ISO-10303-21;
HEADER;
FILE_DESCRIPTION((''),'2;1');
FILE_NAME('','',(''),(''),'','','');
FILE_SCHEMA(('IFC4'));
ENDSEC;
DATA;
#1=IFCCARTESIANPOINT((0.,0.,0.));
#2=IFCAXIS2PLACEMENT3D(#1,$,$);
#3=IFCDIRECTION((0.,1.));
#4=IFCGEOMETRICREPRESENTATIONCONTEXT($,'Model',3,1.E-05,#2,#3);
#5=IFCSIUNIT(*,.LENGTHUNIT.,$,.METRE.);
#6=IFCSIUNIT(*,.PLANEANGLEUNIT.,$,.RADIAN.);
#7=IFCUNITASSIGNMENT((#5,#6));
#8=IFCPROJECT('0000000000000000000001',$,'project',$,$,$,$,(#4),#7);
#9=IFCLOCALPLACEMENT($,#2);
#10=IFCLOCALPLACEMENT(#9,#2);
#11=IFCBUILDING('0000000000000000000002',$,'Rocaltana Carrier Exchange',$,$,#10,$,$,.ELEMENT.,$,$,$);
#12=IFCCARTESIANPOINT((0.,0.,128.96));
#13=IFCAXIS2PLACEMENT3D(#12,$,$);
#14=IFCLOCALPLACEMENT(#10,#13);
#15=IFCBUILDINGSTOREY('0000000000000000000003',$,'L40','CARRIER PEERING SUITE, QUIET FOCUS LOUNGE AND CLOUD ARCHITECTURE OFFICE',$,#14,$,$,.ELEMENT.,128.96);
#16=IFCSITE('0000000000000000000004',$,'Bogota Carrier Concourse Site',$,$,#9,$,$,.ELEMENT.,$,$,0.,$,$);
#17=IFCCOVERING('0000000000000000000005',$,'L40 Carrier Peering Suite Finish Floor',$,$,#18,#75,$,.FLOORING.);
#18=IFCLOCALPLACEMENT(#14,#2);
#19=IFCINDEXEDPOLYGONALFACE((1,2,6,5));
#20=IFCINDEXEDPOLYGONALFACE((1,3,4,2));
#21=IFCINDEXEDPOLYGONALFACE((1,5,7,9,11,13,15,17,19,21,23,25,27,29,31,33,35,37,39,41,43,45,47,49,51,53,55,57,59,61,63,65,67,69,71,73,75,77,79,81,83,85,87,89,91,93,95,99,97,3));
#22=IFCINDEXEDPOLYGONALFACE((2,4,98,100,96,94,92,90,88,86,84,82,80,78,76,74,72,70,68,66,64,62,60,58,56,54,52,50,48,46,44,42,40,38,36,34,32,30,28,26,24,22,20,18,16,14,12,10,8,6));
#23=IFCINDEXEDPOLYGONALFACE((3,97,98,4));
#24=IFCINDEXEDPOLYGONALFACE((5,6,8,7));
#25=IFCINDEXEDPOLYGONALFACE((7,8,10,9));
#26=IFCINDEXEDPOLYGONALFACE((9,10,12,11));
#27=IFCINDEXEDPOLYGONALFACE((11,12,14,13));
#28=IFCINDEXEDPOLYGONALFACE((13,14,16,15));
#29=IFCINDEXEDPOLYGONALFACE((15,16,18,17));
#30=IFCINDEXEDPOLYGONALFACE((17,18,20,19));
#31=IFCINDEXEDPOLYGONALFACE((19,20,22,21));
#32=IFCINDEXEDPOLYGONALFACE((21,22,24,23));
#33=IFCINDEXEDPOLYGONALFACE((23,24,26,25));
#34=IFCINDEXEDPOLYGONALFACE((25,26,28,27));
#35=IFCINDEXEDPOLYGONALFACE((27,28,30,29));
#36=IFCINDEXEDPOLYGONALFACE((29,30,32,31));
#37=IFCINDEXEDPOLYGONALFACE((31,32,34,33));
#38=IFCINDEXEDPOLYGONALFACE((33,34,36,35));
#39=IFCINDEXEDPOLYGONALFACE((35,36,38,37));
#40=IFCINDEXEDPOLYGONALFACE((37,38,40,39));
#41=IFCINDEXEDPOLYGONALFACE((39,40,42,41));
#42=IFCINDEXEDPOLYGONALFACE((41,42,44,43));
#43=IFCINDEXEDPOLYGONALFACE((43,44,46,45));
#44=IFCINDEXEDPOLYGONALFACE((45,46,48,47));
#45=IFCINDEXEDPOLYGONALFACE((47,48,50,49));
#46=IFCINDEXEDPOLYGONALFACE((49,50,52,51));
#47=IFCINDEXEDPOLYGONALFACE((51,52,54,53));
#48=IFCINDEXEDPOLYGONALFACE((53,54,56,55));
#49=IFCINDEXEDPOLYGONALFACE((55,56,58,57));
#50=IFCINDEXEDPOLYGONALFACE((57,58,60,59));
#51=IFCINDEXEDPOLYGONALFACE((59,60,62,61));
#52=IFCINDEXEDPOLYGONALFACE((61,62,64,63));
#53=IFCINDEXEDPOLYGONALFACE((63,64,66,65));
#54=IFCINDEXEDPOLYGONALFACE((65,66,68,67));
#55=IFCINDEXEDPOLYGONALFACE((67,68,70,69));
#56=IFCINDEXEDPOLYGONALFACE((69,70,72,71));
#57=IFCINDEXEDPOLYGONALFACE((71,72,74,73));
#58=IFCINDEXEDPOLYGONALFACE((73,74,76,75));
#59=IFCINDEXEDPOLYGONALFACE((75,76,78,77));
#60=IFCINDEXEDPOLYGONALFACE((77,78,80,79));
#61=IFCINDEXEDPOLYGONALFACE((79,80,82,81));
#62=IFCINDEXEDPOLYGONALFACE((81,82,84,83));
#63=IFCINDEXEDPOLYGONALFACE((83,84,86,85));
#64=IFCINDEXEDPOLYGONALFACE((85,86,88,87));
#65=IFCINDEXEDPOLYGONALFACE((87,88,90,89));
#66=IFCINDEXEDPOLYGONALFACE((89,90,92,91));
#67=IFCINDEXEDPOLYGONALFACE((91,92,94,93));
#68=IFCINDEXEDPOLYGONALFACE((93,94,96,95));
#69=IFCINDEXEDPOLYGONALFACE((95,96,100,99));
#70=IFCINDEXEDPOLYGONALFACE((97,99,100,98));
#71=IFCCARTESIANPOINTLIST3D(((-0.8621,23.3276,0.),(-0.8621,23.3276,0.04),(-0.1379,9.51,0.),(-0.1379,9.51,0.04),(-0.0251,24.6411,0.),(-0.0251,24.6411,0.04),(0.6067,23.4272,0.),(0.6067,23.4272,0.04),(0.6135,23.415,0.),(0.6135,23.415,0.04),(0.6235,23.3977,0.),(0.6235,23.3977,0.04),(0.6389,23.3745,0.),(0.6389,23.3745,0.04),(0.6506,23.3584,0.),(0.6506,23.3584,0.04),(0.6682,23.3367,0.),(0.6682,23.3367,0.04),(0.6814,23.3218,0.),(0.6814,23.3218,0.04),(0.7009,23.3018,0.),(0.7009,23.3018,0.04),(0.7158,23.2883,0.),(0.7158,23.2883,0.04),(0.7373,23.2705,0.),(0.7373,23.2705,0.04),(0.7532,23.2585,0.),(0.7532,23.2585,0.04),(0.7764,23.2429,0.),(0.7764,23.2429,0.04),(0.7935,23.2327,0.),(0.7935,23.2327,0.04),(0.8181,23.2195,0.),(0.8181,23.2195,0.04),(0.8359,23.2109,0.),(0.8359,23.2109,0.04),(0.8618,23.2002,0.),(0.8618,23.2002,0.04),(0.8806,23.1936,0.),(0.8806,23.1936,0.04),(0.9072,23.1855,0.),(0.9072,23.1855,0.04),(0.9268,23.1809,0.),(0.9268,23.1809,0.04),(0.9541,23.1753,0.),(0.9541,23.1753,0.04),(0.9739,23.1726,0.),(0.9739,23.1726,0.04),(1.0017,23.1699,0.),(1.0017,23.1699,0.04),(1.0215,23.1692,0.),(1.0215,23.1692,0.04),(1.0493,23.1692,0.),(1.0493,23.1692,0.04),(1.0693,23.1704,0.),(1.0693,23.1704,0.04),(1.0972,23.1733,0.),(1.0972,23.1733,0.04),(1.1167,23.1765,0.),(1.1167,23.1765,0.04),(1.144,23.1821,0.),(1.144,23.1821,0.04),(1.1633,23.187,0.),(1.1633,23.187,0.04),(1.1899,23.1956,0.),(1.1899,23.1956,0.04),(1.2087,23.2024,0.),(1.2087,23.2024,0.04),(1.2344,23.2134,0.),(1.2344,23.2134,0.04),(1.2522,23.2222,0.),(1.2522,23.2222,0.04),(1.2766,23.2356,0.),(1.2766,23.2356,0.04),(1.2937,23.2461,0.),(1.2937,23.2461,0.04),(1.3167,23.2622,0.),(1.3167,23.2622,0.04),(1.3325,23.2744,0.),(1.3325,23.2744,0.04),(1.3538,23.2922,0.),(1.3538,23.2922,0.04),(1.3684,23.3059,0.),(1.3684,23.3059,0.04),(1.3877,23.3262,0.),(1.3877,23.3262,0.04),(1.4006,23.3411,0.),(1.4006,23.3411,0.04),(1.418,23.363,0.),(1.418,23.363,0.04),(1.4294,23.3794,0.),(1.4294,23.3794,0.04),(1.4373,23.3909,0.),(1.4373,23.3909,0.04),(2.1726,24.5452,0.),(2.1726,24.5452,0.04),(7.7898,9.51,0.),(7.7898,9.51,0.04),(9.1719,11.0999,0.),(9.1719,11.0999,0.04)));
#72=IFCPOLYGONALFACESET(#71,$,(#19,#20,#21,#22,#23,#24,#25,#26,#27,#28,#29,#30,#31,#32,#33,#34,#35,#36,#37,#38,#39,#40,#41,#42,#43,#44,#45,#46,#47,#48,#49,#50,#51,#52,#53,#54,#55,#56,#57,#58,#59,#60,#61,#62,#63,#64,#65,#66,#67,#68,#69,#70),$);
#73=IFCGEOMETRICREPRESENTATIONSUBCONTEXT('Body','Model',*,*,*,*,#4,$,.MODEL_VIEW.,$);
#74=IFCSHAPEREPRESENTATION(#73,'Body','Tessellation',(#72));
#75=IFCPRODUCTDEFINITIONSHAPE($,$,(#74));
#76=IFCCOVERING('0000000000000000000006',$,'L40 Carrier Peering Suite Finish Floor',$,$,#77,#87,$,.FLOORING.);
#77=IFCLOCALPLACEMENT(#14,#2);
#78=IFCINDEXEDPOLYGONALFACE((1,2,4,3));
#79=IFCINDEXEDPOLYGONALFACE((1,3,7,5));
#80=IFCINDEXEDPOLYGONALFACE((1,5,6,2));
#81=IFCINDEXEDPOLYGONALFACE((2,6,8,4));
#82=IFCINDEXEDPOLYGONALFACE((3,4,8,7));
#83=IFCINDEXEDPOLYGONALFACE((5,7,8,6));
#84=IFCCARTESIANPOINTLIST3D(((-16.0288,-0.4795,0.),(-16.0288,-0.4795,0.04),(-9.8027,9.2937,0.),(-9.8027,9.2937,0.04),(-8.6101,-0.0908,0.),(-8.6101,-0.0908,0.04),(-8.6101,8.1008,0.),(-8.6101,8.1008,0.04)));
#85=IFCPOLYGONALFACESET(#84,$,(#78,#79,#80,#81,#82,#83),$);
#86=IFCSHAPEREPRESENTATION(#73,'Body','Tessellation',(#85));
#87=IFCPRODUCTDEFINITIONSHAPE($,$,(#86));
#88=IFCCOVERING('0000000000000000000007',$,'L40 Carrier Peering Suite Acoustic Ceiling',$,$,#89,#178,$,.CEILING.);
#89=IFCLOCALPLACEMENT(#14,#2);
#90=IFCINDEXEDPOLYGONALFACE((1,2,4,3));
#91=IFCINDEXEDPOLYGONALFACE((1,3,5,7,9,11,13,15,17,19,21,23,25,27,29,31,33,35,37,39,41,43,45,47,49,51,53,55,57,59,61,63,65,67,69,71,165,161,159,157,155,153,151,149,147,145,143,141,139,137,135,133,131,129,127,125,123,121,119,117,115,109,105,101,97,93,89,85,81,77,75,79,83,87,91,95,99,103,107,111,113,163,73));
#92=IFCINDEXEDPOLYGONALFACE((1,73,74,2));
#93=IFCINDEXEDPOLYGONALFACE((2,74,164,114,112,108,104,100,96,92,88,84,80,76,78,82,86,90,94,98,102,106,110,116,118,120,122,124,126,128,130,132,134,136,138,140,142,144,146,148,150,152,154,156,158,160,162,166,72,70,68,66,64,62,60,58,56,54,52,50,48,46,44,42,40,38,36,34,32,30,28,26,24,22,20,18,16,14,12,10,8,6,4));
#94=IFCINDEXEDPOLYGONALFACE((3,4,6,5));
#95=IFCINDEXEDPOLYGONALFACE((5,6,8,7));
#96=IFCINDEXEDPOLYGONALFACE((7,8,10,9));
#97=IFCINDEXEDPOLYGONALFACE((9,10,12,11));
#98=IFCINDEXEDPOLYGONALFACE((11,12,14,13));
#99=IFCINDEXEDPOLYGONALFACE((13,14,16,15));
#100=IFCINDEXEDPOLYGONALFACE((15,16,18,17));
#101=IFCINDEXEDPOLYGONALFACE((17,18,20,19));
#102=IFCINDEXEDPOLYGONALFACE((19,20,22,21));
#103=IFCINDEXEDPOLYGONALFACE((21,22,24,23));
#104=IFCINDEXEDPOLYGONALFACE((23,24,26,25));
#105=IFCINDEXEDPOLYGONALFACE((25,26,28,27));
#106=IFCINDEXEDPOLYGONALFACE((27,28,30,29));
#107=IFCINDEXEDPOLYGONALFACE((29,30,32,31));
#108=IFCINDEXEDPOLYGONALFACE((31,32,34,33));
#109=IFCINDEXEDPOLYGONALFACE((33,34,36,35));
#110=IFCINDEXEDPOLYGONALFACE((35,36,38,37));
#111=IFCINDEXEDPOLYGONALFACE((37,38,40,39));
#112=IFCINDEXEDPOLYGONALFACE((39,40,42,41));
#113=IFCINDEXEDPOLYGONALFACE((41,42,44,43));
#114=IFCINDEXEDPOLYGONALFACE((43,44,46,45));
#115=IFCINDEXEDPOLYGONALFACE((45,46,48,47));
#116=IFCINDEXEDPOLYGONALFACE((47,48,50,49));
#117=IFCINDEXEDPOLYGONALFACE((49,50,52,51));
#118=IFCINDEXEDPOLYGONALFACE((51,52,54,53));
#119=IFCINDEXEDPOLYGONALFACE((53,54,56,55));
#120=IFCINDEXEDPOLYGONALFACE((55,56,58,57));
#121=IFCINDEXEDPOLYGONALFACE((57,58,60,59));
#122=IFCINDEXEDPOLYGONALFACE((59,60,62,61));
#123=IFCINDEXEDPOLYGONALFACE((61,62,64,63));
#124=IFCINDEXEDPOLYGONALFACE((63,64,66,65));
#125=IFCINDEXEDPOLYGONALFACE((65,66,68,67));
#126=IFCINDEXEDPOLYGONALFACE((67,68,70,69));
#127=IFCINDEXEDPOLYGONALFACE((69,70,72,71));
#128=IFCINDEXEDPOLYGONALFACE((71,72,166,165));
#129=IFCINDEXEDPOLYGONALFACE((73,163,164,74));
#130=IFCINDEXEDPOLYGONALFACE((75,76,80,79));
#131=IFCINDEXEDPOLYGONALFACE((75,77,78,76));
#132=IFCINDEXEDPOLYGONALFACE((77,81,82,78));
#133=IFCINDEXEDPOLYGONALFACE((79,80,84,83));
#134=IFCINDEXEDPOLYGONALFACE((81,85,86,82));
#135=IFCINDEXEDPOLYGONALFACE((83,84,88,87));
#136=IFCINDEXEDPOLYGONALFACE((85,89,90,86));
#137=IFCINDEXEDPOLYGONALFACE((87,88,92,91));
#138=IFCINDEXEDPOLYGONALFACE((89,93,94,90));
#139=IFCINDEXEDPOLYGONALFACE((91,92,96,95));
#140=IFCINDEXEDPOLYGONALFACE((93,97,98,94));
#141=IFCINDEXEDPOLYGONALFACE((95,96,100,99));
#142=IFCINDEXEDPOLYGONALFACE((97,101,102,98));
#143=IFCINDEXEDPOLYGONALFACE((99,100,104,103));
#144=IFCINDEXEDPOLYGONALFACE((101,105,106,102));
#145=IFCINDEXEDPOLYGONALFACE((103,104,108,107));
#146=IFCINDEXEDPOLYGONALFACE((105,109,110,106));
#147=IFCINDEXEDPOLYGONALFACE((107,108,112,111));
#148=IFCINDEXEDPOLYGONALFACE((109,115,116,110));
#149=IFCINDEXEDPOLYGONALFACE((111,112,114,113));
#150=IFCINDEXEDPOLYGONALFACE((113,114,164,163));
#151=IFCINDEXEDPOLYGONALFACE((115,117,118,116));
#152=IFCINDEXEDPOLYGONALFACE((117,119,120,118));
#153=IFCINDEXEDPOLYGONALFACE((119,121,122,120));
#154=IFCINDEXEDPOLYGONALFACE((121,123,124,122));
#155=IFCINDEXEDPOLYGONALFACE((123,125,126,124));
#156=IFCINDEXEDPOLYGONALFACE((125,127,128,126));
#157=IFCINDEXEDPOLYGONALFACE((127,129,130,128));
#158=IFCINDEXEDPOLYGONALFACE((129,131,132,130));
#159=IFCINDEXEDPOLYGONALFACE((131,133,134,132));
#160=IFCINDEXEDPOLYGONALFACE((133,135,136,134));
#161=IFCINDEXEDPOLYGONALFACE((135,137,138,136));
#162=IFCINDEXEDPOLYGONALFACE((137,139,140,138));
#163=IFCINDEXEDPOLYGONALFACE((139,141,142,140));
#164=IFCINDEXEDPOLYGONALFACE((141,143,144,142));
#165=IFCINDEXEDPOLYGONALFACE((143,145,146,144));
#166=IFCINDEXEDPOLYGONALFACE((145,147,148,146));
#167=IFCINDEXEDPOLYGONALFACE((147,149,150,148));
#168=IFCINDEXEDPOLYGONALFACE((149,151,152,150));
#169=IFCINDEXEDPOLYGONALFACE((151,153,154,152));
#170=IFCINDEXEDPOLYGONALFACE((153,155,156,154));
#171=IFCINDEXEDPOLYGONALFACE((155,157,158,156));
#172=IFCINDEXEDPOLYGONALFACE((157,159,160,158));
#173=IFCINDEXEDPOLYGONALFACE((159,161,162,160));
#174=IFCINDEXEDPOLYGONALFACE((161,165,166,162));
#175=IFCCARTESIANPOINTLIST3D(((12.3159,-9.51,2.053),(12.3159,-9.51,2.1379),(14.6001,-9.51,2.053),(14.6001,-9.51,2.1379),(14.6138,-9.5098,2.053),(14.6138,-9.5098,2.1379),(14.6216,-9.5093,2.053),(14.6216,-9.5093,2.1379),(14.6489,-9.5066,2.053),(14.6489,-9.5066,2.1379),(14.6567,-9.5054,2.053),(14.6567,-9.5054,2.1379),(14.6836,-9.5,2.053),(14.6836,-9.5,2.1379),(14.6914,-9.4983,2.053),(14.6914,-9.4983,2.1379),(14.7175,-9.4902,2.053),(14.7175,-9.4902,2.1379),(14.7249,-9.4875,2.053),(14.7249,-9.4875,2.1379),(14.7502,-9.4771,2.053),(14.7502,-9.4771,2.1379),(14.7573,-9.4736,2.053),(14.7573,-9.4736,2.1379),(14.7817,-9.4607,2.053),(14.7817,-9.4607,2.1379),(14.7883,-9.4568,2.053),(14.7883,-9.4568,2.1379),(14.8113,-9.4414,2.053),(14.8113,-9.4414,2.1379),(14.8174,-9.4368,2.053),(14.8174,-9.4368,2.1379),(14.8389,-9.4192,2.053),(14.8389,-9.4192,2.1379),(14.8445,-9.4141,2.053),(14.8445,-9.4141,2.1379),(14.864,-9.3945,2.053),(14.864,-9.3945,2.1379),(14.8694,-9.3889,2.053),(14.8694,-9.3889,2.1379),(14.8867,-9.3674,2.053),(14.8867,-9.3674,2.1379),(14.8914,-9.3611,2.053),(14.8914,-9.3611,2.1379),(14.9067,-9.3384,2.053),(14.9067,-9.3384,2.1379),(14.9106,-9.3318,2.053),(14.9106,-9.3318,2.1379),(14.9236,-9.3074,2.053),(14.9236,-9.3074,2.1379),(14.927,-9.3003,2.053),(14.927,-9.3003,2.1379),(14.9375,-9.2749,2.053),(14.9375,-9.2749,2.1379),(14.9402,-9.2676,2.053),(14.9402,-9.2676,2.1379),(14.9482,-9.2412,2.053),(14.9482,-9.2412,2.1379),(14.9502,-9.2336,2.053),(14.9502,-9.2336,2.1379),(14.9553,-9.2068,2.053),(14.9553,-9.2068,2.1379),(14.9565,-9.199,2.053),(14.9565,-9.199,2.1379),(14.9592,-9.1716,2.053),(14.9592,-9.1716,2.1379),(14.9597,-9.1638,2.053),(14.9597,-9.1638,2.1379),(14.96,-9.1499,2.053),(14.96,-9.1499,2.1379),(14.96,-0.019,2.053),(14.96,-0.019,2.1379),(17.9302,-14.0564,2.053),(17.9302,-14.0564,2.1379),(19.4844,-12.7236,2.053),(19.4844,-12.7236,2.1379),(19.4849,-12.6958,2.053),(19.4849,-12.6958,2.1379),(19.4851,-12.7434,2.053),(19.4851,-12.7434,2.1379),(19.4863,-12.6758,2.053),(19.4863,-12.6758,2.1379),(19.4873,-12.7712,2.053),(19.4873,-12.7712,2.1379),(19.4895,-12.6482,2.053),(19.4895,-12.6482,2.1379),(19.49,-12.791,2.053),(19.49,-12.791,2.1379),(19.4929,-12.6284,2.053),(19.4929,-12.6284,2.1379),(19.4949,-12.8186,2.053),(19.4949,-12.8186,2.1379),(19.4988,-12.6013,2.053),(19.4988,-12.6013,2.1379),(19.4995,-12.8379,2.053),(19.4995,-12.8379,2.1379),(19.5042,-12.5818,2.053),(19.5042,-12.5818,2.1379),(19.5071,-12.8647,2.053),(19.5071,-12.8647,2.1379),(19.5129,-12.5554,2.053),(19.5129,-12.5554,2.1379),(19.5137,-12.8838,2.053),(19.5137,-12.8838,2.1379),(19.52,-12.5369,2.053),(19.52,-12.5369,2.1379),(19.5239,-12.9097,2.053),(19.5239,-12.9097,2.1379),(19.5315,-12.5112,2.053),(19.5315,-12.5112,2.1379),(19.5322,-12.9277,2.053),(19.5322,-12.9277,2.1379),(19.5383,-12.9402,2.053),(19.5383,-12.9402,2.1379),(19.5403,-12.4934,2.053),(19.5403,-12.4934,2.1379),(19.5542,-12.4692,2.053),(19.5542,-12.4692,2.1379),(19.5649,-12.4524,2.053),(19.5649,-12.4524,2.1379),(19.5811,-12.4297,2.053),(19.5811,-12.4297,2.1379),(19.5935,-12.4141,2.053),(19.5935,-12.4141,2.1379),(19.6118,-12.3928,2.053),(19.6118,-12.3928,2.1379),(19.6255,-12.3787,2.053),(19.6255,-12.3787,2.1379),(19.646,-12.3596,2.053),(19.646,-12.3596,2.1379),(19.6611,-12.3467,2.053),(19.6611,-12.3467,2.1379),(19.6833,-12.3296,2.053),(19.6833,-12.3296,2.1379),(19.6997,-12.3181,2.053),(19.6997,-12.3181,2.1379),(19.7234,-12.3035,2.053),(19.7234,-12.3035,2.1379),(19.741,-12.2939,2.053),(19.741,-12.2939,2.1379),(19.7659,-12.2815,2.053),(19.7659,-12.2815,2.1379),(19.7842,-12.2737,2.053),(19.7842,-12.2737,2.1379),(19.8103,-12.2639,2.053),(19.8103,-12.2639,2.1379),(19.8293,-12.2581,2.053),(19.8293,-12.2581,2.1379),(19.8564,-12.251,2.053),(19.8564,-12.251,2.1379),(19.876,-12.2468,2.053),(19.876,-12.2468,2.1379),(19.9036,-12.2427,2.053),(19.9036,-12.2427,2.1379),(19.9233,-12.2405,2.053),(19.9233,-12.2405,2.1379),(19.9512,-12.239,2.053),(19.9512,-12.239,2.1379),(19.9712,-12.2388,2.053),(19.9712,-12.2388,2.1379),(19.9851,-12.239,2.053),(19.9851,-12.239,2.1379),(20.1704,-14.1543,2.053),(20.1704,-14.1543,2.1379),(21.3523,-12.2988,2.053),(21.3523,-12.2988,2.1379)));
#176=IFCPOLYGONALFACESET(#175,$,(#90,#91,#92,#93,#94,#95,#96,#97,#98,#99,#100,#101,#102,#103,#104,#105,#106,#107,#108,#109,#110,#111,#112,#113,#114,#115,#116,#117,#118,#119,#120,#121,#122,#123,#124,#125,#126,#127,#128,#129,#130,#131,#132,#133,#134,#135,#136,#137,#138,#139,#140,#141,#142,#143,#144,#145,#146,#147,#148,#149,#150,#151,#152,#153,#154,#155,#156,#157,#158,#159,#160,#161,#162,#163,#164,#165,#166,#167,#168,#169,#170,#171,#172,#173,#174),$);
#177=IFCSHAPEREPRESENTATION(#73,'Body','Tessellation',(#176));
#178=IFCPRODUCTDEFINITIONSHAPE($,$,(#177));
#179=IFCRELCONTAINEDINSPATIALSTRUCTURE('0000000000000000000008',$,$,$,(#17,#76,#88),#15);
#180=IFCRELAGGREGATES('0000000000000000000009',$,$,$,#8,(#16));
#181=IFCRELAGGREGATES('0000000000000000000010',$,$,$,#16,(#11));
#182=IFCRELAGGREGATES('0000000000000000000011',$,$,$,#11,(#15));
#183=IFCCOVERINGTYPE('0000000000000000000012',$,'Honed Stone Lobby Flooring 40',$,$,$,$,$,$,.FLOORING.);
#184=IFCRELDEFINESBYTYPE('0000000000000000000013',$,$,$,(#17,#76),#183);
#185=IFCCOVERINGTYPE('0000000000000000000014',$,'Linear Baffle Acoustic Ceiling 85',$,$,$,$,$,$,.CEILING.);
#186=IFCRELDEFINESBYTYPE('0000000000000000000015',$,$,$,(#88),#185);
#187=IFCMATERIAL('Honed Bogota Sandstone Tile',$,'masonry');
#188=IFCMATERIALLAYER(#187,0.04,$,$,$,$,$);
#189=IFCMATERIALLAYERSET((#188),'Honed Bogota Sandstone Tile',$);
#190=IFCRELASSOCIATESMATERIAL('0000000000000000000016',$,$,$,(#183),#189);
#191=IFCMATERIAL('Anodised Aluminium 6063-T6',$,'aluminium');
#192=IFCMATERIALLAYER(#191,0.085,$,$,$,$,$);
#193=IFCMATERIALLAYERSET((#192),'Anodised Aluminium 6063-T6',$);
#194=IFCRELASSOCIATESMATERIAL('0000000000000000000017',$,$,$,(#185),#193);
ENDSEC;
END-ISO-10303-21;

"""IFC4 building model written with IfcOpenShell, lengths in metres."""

from ifc_helpers import new_model, si_unit, direction, frame, origin, place, context, subcontext, project, spatial, polyline, outline, extrude, material, layer, layer_set, type_object, element, save


model = new_model("IFC4")

# Units and contexts
model_context = context("Model", 3, precision=1e-05, world=origin(), true_north=direction((0.0, 1.0)))
body_context = subcontext(model_context, "Body", "Model", "MODEL_VIEW")
ifc_project = project(units=[si_unit("LENGTHUNIT", "METRE"), si_unit("PLANEANGLEUNIT", "RADIAN")], contexts=[model_context])

# Site, building, storey
site_placement = place(None, origin())
site = spatial("IfcSite", under=ifc_project, at=site_placement, Name="Bogota Carrier Concourse Site", CompositionType="ELEMENT", RefElevation=0.0)
building_placement = place(site_placement, origin())
building = spatial("IfcBuilding", under=site, at=building_placement, Name="Rocaltana Carrier Exchange", CompositionType="ELEMENT")
storey_placement = place(building_placement, frame((0.0, 0.0, 128.96)))
storey = spatial("IfcBuildingStorey", under=building, at=storey_placement, Name="L40", Description="CARRIER PEERING SUITE, QUIET FOCUS LOUNGE AND CLOUD ARCHITECTURE OFFICE", CompositionType="ELEMENT", Elevation=128.96)

# Coverings
ifc_material_1 = material(Name="Honed Bogota Sandstone Tile", Category="masonry")
ifc_layer_1 = layer(ifc_material_1, 0.04)
ifc_layer_set_1 = layer_set([ifc_layer_1], Name="Honed Bogota Sandstone Tile")
covering_type_1 = type_object("IfcCoveringType", Name="Honed Stone Lobby Flooring 40", PredefinedType="FLOORING", material=ifc_layer_set_1)
covering_1_placement = place(storey_placement, origin())
element("IfcCovering", 1, at=covering_1_placement, inside=storey, type_object=covering_type_1, Name="L40 Carrier Peering Suite Finish Floor", PredefinedType="FLOORING", context=body_context, shape_type="SweptSolid", body=[
    extrude(outline(polyline([(-0.0251, 24.6411), (0.6067, 23.4272), (0.6135, 23.415), (0.6235, 23.3977), (0.6389, 23.3745), (0.6506, 23.3584), (0.6682, 23.3367), (0.6814, 23.3218), (0.7009, 23.3018), (0.7158, 23.2883), (0.7373, 23.2705), (0.7532, 23.2585), (0.7764, 23.2429), (0.7935, 23.2327), (0.8181, 23.2195), (0.8359, 23.2109), (0.8618, 23.2002), (0.8806, 23.1936), (0.9072, 23.1855), (0.9268, 23.1809), (0.9541, 23.1753), (0.9739, 23.1726), (1.0017, 23.1699), (1.0215, 23.1692), (1.0493, 23.1692), (1.0693, 23.1704), (1.0972, 23.1733), (1.1167, 23.1765), (1.144, 23.1821), (1.1633, 23.187), (1.1899, 23.1956), (1.2087, 23.2024), (1.2344, 23.2134), (1.2522, 23.2222), (1.2766, 23.2356), (1.2937, 23.2461), (1.3167, 23.2622), (1.3325, 23.2744), (1.3538, 23.2922), (1.3684, 23.3059), (1.3877, 23.3262), (1.4006, 23.3411), (1.418, 23.363), (1.4294, 23.3794), (1.4373, 23.3909), (2.1726, 24.5452), (9.1719, 11.0999), (7.7898, 9.51), (-0.1379, 9.51), (-0.8621, 23.3276), (-0.0251, 24.6411)])), origin(), (0.0, 0.0, 1.0), 0.04),
])
covering_2_placement = place(storey_placement, origin())
element("IfcCovering", 2, at=covering_2_placement, inside=storey, type_object=covering_type_1, Name="L40 Carrier Peering Suite Finish Floor", PredefinedType="FLOORING", context=body_context, shape_type="SweptSolid", body=[
    extrude(outline(polyline([(-9.8027, 9.2937), (-8.6101, 8.1008), (-8.6101, -0.0908), (-16.0288, -0.4795), (-9.8027, 9.2937)])), origin(), (0.0, 0.0, 1.0), 0.04),
])
ifc_material_2 = material(Name="Anodised Aluminium 6063-T6", Category="aluminium")
ifc_layer_2 = layer(ifc_material_2, 0.085)
ifc_layer_set_2 = layer_set([ifc_layer_2], Name="Anodised Aluminium 6063-T6")
covering_type_2 = type_object("IfcCoveringType", Name="Linear Baffle Acoustic Ceiling 85", PredefinedType="CEILING", material=ifc_layer_set_2)
covering_3_placement = place(storey_placement, frame((0.0, 0.0, 2.053)))
element("IfcCovering", 3, at=covering_3_placement, inside=storey, type_object=covering_type_2, Name="L40 Carrier Peering Suite Acoustic Ceiling", PredefinedType="CEILING", context=body_context, shape_type="SweptSolid", body=[
    extrude(outline(polyline([(14.96, -0.019), (21.3523, -12.2988), (19.9851, -12.239), (19.9712, -12.2388), (19.9512, -12.239), (19.9233, -12.2405), (19.9036, -12.2427), (19.876, -12.2468), (19.8564, -12.251), (19.8293, -12.2581), (19.8103, -12.2639), (19.7842, -12.2737), (19.7659, -12.2815), (19.741, -12.2939), (19.7234, -12.3035), (19.6997, -12.3181), (19.6833, -12.3296), (19.6611, -12.3467), (19.646, -12.3596), (19.6255, -12.3787), (19.6118, -12.3928), (19.5935, -12.4141), (19.5811, -12.4297), (19.5649, -12.4524), (19.5542, -12.4692), (19.5403, -12.4934), (19.5315, -12.5112), (19.52, -12.5369), (19.5129, -12.5554), (19.5042, -12.5818), (19.4988, -12.6013), (19.4929, -12.6284), (19.4895, -12.6482), (19.4863, -12.6758), (19.4849, -12.6958), (19.4844, -12.7236), (19.4851, -12.7434), (19.4873, -12.7712), (19.49, -12.791), (19.4949, -12.8186), (19.4995, -12.8379), (19.5071, -12.8647), (19.5137, -12.8838), (19.5239, -12.9097), (19.5322, -12.9277), (19.5383, -12.9402), (20.1704, -14.1543), (17.9302, -14.0564), (12.3159, -9.51), (14.6001, -9.51), (14.6138, -9.5098), (14.6216, -9.5093), (14.6489, -9.5066), (14.6567, -9.5054), (14.6836, -9.5), (14.6914, -9.4983), (14.7175, -9.4902), (14.7249, -9.4875), (14.7502, -9.4771), (14.7573, -9.4736), (14.7817, -9.4607), (14.7883, -9.4568), (14.8113, -9.4414), (14.8174, -9.4368), (14.8389, -9.4192), (14.8445, -9.4141), (14.864, -9.3945), (14.8694, -9.3889), (14.8867, -9.3674), (14.8914, -9.3611), (14.9067, -9.3384), (14.9106, -9.3318), (14.9236, -9.3074), (14.927, -9.3003), (14.9375, -9.2749), (14.9402, -9.2676), (14.9482, -9.2412), (14.9502, -9.2336), (14.9553, -9.2068), (14.9565, -9.199), (14.9592, -9.1716), (14.9597, -9.1638), (14.96, -9.1499), (14.96, -0.019)])), origin(), (0.0, 0.0, 1.0), 0.085),
])

save(model, "model.ifc")
